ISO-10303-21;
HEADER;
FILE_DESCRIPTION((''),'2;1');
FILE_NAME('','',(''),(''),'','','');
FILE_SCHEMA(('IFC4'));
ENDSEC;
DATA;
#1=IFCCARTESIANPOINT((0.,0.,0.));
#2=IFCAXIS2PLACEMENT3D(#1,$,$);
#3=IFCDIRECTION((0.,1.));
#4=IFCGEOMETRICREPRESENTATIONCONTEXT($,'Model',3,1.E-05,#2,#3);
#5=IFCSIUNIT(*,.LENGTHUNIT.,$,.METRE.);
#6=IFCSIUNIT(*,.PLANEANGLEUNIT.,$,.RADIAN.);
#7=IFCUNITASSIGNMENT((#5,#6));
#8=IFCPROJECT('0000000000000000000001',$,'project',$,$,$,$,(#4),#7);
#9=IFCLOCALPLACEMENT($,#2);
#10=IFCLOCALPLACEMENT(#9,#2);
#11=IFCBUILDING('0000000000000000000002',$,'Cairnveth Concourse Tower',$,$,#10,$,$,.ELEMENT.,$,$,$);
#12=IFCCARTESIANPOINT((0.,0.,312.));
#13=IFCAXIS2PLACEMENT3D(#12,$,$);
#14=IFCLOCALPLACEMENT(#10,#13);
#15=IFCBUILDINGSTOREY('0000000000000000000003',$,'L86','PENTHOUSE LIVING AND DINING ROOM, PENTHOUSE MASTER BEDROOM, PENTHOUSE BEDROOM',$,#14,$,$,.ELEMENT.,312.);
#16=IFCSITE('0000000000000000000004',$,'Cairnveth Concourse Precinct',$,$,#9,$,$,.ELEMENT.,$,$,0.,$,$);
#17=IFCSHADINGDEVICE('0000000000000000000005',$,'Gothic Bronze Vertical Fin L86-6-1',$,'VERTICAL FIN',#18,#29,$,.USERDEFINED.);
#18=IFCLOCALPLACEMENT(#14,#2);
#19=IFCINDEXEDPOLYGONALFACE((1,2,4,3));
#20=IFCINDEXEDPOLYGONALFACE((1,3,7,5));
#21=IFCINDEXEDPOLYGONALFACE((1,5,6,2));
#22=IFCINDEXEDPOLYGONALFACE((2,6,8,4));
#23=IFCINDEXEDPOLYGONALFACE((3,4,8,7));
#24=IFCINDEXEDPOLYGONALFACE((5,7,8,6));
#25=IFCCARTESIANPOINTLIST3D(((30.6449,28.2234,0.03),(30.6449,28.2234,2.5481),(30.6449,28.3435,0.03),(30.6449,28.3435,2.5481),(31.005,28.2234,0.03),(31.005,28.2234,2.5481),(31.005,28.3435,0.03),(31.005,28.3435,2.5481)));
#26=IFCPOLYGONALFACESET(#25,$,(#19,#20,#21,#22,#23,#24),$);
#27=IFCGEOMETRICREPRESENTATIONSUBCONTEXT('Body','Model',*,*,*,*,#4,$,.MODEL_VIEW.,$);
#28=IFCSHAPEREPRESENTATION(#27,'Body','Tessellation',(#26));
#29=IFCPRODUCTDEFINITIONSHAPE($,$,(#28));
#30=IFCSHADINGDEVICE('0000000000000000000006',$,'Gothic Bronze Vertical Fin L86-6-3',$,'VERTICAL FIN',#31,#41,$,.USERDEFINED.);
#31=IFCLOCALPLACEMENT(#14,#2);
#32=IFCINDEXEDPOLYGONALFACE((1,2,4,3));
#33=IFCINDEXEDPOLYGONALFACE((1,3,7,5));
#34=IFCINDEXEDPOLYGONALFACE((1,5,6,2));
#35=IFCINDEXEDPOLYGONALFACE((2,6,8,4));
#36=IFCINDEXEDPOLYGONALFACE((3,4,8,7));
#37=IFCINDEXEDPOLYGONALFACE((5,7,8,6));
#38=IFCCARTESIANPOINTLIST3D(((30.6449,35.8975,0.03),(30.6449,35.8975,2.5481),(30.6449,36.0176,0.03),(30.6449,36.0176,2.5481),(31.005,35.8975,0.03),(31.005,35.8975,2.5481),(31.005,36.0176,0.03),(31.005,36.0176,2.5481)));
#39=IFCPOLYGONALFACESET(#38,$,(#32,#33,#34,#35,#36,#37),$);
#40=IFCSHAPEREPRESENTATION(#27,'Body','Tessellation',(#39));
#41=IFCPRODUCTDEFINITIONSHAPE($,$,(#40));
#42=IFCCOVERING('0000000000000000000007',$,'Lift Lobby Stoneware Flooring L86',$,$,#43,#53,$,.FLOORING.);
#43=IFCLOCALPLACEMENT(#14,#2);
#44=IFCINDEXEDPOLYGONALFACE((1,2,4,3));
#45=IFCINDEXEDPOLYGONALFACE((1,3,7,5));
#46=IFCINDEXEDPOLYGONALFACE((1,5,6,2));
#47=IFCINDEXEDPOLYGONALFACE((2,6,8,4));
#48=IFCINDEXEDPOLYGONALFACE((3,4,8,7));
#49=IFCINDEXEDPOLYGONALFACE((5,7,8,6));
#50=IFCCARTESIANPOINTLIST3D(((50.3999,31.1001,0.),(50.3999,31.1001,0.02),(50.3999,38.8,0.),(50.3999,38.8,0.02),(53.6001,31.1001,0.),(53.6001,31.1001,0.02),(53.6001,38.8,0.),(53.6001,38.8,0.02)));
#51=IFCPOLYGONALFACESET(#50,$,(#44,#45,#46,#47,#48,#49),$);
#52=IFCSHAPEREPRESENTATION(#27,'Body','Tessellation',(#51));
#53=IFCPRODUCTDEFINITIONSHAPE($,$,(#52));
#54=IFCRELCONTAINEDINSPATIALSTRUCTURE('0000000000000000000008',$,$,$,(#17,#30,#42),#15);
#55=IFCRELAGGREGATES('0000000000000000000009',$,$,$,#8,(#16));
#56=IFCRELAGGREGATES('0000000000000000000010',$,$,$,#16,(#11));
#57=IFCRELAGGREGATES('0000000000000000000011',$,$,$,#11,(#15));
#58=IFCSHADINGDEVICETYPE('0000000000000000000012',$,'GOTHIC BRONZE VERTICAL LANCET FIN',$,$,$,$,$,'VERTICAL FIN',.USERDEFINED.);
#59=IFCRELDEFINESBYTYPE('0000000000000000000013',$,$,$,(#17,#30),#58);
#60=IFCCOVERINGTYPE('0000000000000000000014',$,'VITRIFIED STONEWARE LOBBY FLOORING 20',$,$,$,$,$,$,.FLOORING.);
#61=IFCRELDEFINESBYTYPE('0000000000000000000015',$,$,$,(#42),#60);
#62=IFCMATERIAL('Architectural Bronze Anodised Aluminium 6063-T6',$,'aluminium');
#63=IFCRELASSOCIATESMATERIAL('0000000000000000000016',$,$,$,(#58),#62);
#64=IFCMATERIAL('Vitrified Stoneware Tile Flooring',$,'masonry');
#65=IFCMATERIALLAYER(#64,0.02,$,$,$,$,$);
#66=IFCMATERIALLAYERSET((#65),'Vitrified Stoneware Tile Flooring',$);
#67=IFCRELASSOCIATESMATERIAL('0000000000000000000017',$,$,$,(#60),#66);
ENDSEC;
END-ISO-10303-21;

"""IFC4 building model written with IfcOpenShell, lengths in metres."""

from ifc_helpers import new_model, si_unit, direction, frame, origin, origin_2d, place, context, subcontext, project, spatial, polyline, rectangle, outline, extrude, material, layer, layer_set, type_object, element, save


model = new_model("IFC4")

# Units and contexts
model_context = context("Model", 3, precision=1e-05, world=origin(), true_north=direction((0.0, 1.0)))
body_context = subcontext(model_context, "Body", "Model", "MODEL_VIEW")
ifc_project = project(units=[si_unit("LENGTHUNIT", "METRE"), si_unit("PLANEANGLEUNIT", "RADIAN")], contexts=[model_context])

# Site, building, storey
site_placement = place(None, origin())
site = spatial("IfcSite", under=ifc_project, at=site_placement, Name="Cairnveth Concourse Precinct", CompositionType="ELEMENT", RefElevation=0.0)
building_placement = place(site_placement, origin())
building = spatial("IfcBuilding", under=site, at=building_placement, Name="Cairnveth Concourse Tower", CompositionType="ELEMENT")
storey_placement = place(building_placement, frame((0.0, 0.0, 312.0)))
storey = spatial("IfcBuildingStorey", under=building, at=storey_placement, Name="L86", Description="PENTHOUSE LIVING AND DINING ROOM, PENTHOUSE MASTER BEDROOM, PENTHOUSE BEDROOM", CompositionType="ELEMENT", Elevation=312.0)

# Shading devices
ifc_material_1 = material(Name="Architectural Bronze Anodised Aluminium 6063-T6", Category="aluminium")
shading_device_type = type_object("IfcShadingDeviceType", Name="GOTHIC BRONZE VERTICAL LANCET FIN", ElementType="VERTICAL FIN", PredefinedType="USERDEFINED", material=ifc_material_1)
for number, where, z_axis, x_axis, name in (
    (1, (30.825, 28.2834, 0.03), (0.0, 0.0, 1.0), (0.0, 1.0, 0.0), "Gothic Bronze Vertical Fin L86-6-1"),
    (2, (30.825, 35.9575, 0.03), (0.0, 0.0, 1.0), (0.0, 1.0, 0.0), "Gothic Bronze Vertical Fin L86-6-3"),
):
    element("IfcShadingDevice", number, at=place(storey_placement, frame(where, z_axis=z_axis, x_axis=x_axis)), inside=storey, type_object=shading_device_type, Name=name, ObjectType="VERTICAL FIN", PredefinedType="USERDEFINED", context=body_context, shape_type="SweptSolid", body=[
        extrude(rectangle(XDim=0.1201, YDim=0.3601, at=origin_2d()), origin(), (0.0, 0.0, 1.0), 2.5181),
    ])

# Covering
ifc_material_2 = material(Name="Vitrified Stoneware Tile Flooring", Category="masonry")
ifc_layer_1 = layer(ifc_material_2, 0.02)
ifc_layer_set_1 = layer_set([ifc_layer_1], Name="Vitrified Stoneware Tile Flooring")
covering_type_1 = type_object("IfcCoveringType", Name="VITRIFIED STONEWARE LOBBY FLOORING 20", PredefinedType="FLOORING", material=ifc_layer_set_1)
covering_1_placement = place(storey_placement, origin())
element("IfcCovering", 3, at=covering_1_placement, inside=storey, type_object=covering_type_1, Name="Lift Lobby Stoneware Flooring L86", PredefinedType="FLOORING", context=body_context, shape_type="SweptSolid", body=[
    extrude(outline(polyline([(50.3999, 31.1001), (53.6001, 31.1001), (53.6001, 38.8), (50.3999, 38.8), (50.3999, 31.1001)])), origin(), (0.0, 0.0, 1.0), 0.02),
])

save(model, "model.ifc")
